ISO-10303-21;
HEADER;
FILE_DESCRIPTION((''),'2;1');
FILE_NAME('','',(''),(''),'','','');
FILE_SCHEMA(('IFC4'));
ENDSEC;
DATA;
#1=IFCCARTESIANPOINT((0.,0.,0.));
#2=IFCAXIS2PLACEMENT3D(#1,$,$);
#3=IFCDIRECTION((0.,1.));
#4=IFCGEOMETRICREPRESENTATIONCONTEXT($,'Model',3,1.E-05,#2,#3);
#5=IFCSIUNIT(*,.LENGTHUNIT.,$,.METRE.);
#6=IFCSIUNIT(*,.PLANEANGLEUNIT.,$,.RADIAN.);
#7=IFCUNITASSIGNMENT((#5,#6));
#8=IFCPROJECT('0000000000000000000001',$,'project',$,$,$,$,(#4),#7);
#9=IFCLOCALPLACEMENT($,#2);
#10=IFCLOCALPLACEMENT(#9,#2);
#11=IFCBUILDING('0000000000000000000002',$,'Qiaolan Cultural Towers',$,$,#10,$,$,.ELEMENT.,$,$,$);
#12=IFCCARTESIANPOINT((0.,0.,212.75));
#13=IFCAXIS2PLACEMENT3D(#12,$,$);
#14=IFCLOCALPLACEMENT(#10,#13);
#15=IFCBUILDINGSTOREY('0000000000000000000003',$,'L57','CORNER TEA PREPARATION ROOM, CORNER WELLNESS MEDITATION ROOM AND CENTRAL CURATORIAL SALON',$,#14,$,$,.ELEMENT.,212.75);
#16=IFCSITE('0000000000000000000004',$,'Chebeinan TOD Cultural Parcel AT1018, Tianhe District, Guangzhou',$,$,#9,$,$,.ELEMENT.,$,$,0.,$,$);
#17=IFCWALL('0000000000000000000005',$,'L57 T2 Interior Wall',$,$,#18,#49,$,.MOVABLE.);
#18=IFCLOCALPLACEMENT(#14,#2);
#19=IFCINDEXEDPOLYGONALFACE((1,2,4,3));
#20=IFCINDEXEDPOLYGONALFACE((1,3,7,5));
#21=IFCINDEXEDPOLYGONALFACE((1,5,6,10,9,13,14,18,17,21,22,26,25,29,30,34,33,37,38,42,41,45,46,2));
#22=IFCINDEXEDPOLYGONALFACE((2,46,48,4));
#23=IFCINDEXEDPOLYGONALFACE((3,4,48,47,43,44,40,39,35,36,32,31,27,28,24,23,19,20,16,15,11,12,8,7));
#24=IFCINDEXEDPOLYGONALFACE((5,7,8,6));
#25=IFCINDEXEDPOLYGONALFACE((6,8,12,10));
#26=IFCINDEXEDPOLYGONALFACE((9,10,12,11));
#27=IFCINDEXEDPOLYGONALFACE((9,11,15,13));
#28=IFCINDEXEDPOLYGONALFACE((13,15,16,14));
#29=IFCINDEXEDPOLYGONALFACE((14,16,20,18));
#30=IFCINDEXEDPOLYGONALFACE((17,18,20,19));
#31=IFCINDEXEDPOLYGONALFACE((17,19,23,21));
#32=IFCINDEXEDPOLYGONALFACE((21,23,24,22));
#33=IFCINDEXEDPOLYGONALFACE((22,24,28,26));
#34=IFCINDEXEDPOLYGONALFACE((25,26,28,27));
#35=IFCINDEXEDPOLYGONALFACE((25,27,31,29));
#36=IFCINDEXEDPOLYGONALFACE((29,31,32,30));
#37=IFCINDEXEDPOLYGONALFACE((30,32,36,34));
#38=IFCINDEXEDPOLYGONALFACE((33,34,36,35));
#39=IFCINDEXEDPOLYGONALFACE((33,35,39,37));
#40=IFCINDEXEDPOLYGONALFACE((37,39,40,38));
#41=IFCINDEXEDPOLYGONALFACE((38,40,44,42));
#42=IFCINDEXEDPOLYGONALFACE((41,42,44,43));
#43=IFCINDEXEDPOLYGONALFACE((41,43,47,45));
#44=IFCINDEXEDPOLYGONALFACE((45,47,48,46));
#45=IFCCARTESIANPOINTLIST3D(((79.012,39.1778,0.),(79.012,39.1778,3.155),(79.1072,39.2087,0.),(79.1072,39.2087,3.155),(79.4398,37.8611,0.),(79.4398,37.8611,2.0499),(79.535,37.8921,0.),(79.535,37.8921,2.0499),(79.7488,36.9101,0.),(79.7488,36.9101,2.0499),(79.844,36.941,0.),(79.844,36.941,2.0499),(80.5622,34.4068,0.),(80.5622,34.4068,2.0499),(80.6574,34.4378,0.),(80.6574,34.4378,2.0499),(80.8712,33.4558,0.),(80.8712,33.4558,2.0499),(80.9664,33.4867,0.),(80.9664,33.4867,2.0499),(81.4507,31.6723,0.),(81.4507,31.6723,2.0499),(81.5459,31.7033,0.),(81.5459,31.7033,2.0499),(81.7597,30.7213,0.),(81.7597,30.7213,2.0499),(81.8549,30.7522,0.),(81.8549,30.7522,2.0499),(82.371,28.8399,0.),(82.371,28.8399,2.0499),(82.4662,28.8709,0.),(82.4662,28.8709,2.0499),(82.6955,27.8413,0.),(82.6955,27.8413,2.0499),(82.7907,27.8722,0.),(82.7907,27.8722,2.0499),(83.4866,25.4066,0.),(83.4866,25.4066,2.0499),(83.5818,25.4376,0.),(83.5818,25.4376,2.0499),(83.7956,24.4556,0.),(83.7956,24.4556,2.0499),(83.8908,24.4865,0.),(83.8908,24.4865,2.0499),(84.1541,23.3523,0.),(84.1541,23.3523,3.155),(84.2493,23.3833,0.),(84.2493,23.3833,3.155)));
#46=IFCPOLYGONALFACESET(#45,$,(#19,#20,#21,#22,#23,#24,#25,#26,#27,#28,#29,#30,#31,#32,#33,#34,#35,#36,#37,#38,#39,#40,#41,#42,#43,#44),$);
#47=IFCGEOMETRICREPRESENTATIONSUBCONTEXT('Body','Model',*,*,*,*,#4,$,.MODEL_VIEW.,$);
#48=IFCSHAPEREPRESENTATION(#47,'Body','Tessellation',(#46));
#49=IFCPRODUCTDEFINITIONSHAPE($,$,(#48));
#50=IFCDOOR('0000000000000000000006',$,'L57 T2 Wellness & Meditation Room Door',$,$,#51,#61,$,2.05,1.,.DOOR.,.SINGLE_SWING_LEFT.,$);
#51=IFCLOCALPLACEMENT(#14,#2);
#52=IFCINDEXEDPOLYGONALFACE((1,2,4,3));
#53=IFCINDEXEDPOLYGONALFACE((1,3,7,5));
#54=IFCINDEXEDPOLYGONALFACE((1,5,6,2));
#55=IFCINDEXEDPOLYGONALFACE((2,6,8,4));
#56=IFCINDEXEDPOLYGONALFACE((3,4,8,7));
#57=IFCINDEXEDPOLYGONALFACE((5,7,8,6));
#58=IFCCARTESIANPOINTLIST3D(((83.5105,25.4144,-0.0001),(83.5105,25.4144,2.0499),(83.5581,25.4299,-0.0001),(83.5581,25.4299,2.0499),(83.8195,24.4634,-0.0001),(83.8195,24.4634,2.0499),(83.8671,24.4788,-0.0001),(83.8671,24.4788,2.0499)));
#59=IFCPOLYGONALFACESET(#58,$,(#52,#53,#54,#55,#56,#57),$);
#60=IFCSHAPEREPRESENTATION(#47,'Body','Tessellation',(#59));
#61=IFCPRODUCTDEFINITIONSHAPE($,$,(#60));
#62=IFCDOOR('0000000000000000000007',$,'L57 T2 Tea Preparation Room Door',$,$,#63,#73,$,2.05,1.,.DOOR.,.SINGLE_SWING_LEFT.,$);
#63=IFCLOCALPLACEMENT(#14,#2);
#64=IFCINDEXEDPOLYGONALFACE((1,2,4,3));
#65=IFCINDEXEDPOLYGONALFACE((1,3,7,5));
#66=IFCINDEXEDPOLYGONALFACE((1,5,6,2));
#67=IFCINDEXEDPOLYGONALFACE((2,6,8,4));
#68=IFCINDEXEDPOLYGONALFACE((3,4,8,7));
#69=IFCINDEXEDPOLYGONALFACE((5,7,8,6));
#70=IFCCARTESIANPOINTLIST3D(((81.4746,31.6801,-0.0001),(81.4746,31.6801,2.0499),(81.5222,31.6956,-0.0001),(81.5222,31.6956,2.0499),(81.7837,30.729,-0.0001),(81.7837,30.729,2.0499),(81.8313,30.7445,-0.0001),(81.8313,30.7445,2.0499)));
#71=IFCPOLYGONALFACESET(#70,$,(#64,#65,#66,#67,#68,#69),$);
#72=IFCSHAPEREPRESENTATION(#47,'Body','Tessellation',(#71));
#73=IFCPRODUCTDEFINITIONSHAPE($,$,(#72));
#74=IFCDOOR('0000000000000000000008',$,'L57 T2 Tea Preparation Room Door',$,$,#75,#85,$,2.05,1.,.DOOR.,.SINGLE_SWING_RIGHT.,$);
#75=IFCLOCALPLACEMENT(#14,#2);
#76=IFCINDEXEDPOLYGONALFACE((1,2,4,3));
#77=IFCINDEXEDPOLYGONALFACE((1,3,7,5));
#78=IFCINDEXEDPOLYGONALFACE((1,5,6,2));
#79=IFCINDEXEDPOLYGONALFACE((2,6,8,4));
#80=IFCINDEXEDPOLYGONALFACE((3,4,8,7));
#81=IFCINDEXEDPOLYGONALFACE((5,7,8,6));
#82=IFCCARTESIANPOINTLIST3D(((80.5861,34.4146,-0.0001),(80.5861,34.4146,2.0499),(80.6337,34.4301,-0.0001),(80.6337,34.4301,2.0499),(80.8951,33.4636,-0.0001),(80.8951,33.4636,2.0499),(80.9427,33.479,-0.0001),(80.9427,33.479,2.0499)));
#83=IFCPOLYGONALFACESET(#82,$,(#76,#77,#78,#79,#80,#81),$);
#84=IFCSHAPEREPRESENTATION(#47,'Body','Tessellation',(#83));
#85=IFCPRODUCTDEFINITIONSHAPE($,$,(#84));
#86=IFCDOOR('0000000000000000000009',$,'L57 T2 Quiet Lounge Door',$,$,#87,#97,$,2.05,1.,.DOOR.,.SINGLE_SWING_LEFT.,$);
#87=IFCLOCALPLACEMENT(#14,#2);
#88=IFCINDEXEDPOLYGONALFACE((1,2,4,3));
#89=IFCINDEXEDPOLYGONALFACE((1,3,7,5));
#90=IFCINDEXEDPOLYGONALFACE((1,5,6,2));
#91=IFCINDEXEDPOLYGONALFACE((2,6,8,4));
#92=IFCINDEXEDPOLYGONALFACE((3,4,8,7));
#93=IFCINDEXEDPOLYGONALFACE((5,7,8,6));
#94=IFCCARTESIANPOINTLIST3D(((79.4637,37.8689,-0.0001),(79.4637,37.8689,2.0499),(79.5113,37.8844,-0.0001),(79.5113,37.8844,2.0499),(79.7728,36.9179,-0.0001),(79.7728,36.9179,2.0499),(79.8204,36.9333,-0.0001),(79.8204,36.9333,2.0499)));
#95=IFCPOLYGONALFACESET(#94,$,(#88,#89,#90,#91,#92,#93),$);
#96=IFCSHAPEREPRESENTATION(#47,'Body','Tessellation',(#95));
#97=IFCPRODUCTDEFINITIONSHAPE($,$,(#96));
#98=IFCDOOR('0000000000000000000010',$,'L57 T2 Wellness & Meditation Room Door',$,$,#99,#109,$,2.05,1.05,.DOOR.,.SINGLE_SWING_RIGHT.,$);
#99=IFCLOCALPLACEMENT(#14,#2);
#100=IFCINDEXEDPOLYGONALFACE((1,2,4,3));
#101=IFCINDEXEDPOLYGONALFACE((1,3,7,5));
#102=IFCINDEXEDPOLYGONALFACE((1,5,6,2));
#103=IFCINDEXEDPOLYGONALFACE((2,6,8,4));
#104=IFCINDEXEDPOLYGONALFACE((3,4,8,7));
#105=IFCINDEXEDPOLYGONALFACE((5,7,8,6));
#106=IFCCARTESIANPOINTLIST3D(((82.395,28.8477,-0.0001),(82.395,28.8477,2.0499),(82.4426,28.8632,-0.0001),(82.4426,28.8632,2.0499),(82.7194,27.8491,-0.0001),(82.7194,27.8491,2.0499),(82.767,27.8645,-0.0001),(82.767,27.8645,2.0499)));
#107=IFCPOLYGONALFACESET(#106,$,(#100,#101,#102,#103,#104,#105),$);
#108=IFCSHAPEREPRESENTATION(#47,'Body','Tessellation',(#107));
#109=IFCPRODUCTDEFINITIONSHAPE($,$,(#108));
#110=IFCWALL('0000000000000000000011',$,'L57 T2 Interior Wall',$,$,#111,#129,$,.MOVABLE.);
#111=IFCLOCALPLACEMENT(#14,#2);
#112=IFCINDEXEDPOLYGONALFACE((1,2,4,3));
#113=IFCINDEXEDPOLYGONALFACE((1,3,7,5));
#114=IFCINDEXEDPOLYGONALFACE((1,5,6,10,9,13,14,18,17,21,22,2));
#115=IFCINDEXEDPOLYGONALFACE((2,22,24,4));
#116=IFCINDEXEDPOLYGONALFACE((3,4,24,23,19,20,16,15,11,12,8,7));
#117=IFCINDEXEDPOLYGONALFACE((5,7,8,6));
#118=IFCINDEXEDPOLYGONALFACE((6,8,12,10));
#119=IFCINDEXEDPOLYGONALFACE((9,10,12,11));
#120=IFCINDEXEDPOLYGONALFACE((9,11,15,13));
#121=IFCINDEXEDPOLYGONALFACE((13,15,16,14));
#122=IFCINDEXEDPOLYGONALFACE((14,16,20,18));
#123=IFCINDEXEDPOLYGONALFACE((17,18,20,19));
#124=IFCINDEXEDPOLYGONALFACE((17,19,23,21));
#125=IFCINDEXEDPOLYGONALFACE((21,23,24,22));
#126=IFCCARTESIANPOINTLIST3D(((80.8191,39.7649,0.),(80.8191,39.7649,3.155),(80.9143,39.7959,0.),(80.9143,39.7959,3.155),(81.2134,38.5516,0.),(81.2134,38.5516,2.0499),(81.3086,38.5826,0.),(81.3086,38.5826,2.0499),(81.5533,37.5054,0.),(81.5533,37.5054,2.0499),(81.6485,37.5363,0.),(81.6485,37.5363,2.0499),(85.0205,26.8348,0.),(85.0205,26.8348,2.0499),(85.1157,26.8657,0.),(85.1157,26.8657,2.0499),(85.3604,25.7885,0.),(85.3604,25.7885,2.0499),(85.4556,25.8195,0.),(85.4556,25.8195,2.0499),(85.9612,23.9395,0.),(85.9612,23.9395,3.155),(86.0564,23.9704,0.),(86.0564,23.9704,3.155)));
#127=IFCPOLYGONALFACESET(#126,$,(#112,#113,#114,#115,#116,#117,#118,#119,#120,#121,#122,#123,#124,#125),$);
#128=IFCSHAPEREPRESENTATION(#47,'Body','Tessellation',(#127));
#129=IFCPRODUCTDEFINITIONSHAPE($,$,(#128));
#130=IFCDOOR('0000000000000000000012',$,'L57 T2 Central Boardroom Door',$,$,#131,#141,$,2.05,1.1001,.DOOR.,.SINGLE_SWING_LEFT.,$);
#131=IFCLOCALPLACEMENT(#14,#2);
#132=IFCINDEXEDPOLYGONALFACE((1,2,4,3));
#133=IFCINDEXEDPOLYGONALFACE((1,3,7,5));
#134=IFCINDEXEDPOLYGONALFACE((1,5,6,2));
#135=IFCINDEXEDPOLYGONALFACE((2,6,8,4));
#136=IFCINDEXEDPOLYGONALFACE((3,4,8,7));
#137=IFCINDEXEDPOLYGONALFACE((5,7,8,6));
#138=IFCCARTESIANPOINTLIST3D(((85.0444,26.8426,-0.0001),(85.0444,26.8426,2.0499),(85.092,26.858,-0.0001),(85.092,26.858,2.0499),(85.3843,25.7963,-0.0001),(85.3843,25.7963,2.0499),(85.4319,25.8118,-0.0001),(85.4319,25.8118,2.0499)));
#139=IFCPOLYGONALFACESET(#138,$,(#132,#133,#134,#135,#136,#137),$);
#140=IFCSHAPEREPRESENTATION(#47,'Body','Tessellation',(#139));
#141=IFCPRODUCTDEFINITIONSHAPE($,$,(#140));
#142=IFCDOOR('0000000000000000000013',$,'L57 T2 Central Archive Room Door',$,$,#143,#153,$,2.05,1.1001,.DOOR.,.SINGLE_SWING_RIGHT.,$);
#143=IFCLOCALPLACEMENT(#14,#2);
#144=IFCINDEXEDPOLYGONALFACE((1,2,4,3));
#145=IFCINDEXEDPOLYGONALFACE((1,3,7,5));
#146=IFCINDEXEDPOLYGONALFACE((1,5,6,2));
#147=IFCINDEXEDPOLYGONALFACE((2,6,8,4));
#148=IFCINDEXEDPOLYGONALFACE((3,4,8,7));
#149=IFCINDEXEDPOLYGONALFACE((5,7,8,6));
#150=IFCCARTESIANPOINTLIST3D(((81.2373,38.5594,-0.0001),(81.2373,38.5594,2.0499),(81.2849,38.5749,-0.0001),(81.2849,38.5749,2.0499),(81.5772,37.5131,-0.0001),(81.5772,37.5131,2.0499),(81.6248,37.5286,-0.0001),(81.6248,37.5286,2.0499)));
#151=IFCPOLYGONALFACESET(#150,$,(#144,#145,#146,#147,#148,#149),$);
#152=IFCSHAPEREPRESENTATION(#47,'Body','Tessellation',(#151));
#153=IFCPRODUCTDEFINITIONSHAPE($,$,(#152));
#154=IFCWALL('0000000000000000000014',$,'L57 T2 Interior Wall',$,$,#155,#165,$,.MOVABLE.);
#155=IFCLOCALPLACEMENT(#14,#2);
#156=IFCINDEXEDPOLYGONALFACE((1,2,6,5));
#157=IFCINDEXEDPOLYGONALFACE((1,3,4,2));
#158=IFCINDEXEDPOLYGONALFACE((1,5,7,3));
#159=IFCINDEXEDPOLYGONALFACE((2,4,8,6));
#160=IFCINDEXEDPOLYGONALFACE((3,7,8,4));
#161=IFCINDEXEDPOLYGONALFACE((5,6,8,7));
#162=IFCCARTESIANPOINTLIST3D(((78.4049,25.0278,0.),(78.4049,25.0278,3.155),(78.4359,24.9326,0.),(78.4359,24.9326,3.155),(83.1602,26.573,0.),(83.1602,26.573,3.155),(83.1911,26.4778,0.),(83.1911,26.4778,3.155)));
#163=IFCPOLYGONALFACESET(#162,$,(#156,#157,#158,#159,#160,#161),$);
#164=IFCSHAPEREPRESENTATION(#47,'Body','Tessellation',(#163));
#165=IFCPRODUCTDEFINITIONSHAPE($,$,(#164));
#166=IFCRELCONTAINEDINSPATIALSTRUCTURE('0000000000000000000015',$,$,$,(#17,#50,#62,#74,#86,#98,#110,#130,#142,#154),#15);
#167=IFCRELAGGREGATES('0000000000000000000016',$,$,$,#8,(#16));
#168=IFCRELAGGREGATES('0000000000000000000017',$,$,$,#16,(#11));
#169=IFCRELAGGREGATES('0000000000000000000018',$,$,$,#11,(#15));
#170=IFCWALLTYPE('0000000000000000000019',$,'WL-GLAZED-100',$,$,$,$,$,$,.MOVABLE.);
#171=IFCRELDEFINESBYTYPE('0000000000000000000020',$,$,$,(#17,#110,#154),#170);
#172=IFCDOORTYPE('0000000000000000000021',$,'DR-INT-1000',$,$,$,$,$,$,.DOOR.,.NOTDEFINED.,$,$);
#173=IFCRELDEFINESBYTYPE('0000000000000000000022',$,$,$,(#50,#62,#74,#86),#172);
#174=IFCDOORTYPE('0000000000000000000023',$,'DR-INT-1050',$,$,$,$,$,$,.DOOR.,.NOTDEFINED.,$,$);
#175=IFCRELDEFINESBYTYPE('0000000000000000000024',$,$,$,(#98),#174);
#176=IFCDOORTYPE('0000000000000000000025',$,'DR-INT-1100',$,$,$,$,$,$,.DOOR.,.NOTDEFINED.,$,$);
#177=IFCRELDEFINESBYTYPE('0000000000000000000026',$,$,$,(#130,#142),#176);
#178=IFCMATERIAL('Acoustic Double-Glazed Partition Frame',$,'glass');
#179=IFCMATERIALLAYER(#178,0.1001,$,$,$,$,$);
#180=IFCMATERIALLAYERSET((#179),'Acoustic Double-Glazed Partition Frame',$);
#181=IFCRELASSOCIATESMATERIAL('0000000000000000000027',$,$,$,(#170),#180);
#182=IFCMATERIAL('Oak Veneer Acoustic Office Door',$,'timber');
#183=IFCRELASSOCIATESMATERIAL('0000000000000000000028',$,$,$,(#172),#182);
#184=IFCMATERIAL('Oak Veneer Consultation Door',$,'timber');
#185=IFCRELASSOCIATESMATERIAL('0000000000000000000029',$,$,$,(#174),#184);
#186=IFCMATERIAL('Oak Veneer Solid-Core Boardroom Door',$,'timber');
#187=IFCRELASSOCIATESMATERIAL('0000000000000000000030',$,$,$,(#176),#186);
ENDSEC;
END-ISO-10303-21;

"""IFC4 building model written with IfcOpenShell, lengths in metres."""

from ifc_helpers import new_model, si_unit, direction, frame, frame_2d, origin, place, context, subcontext, project, spatial, rectangle, extrude, material, layer, layer_set, type_object, element, fill, save


model = new_model("IFC4")

# Units and contexts
model_context = context("Model", 3, precision=1e-05, world=origin(), true_north=direction((0.0, 1.0)))
body_context = subcontext(model_context, "Body", "Model", "MODEL_VIEW")
ifc_project = project(units=[si_unit("LENGTHUNIT", "METRE"), si_unit("PLANEANGLEUNIT", "RADIAN")], contexts=[model_context])

# Site, building, storey
site_placement = place(None, origin())
site = spatial("IfcSite", under=ifc_project, at=site_placement, Name="Chebeinan TOD Cultural Parcel AT1018, Tianhe District, Guangzhou", CompositionType="ELEMENT", RefElevation=0.0)
building_placement = place(site_placement, origin())
building = spatial("IfcBuilding", under=site, at=building_placement, Name="Qiaolan Cultural Towers", CompositionType="ELEMENT")
storey_placement = place(building_placement, frame((0.0, 0.0, 212.75)))
storey = spatial("IfcBuildingStorey", under=building, at=storey_placement, Name="L57", Description="CORNER TEA PREPARATION ROOM, CORNER WELLNESS MEDITATION ROOM AND CENTRAL CURATORIAL SALON", CompositionType="ELEMENT", Elevation=212.75)

# Shared definitions
ifc_material_1 = material(Name="Acoustic Double-Glazed Partition Frame", Category="glass")
ifc_layer_1 = layer(ifc_material_1, 0.1001)
ifc_layer_set_1 = layer_set([ifc_layer_1], Name="Acoustic Double-Glazed Partition Frame")
wall_type_1 = type_object("IfcWallType", Name="WL-GLAZED-100", PredefinedType="MOVABLE", material=ifc_layer_set_1)

# Walls, openings, doors
wall_1_placement = place(storey_placement, frame((84.2017, 23.3679, 0.0), z_axis=(0.0, 0.0, 1.0), x_axis=(-0.309022, 0.951055, 0.0)))
wall_1 = element("IfcWall", 1, at=wall_1_placement, inside=storey, type_object=wall_type_1, Name="L57 T2 Interior Wall", PredefinedType="MOVABLE", context=body_context, shape_type="SweptSolid", body=[
    extrude(rectangle(XDim=16.6399, YDim=0.1001, at=frame_2d((8.3198, 0.0))), origin(), (0.0, 0.0, 1.0), 3.155),
])
opening_1_placement = place(wall_1_placement, frame((1.1599, 0.0, 0.0)))
opening_1 = element("IfcOpeningElement", 2, at=opening_1_placement, cuts=wall_1, PredefinedType="OPENING", context=body_context, shape_type="SweptSolid", body=[
    extrude(rectangle(XDim=1.0, YDim=2.05, at=frame_2d((0.5, 1.0249))), frame((0.0, 0.0601, 0.0), z_axis=(0.0, -1.0, 0.0), x_axis=(1.0, 0.0, 0.0)), (0.0, 0.0, 1.0), 0.1201),
])
opening_2_placement = place(wall_1_placement, frame((4.72, 0.0, 0.0)))
opening_2 = element("IfcOpeningElement", 3, at=opening_2_placement, cuts=wall_1, PredefinedType="OPENING", context=body_context, shape_type="SweptSolid", body=[
    extrude(rectangle(XDim=1.05, YDim=2.05, at=frame_2d((0.5249, 1.0249))), frame((0.0, 0.0601, 0.0), z_axis=(0.0, -1.0, 0.0), x_axis=(1.0, 0.0, 0.0)), (0.0, 0.0, 1.0), 0.1201),
])
opening_3_placement = place(wall_1_placement, frame((7.748, 0.0, 0.0)))
opening_3 = element("IfcOpeningElement", 4, at=opening_3_placement, cuts=wall_1, PredefinedType="OPENING", context=body_context, shape_type="SweptSolid", body=[
    extrude(rectangle(XDim=1.0, YDim=2.05, at=frame_2d((0.5, 1.0249))), frame((0.0, 0.0601, 0.0), z_axis=(0.0, -1.0, 0.0), x_axis=(1.0, 0.0, 0.0)), (0.0, 0.0, 1.0), 0.1201),
])
opening_4_placement = place(wall_1_placement, frame((10.6233, 0.0, 0.0)))
opening_4 = element("IfcOpeningElement", 5, at=opening_4_placement, cuts=wall_1, PredefinedType="OPENING", context=body_context, shape_type="SweptSolid", body=[
    extrude(rectangle(XDim=1.0, YDim=2.05, at=frame_2d((0.5, 1.0249))), frame((0.0, 0.0601, 0.0), z_axis=(0.0, -1.0, 0.0), x_axis=(1.0, 0.0, 0.0)), (0.0, 0.0, 1.0), 0.1201),
])
opening_5_placement = place(wall_1_placement, frame((14.2554, 0.0, 0.0)))
opening_5 = element("IfcOpeningElement", 6, at=opening_5_placement, cuts=wall_1, PredefinedType="OPENING", context=body_context, shape_type="SweptSolid", body=[
    extrude(rectangle(XDim=1.0, YDim=2.05, at=frame_2d((0.5, 1.0249))), frame((0.0, 0.0601, 0.0), z_axis=(0.0, -1.0, 0.0), x_axis=(1.0, 0.0, 0.0)), (0.0, 0.0, 1.0), 0.1201),
])
ifc_material_2 = material(Name="Oak Veneer Acoustic Office Door", Category="timber")
door_type_1 = type_object("IfcDoorType", Name="DR-INT-1000", OperationType="NOTDEFINED", PredefinedType="DOOR", material=ifc_material_2)
door_1_placement = place(opening_1_placement, origin())
door_1 = element("IfcDoor", 7, at=door_1_placement, inside=storey, type_object=door_type_1, Name="L57 T2 Wellness & Meditation Room Door", OperationType="SINGLE_SWING_LEFT", OverallHeight=2.05, OverallWidth=1.0, PredefinedType="DOOR", context=body_context, shape_type="SweptSolid", body=[
    extrude(rectangle(XDim=1.0, YDim=2.05, at=frame_2d((0.5, 1.0249))), frame((0.0, 0.0249, 0.0), z_axis=(0.0, -1.0, 0.0), x_axis=(1.0, 0.0, 0.0)), (0.0, 0.0, 1.0), 0.05),
])
fill(opening_1, door_1)
door_2_placement = place(opening_3_placement, origin())
door_2 = element("IfcDoor", 8, at=door_2_placement, inside=storey, type_object=door_type_1, Name="L57 T2 Tea Preparation Room Door", OperationType="SINGLE_SWING_LEFT", OverallHeight=2.05, OverallWidth=1.0, PredefinedType="DOOR", context=body_context, shape_type="SweptSolid", body=[
    extrude(rectangle(XDim=1.0, YDim=2.05, at=frame_2d((0.5, 1.0249))), frame((0.0, 0.0249, 0.0), z_axis=(0.0, -1.0, 0.0), x_axis=(1.0, 0.0, 0.0)), (0.0, 0.0, 1.0), 0.05),
])
fill(opening_3, door_2)
door_3_placement = place(opening_4_placement, origin())
door_3 = element("IfcDoor", 9, at=door_3_placement, inside=storey, type_object=door_type_1, Name="L57 T2 Tea Preparation Room Door", OperationType="SINGLE_SWING_RIGHT", OverallHeight=2.05, OverallWidth=1.0, PredefinedType="DOOR", context=body_context, shape_type="SweptSolid", body=[
    extrude(rectangle(XDim=1.0, YDim=2.05, at=frame_2d((0.5, 1.0249))), frame((0.0, 0.0249, 0.0), z_axis=(0.0, -1.0, 0.0), x_axis=(1.0, 0.0, 0.0)), (0.0, 0.0, 1.0), 0.05),
])
fill(opening_4, door_3)
door_4_placement = place(opening_5_placement, origin())
door_4 = element("IfcDoor", 10, at=door_4_placement, inside=storey, type_object=door_type_1, Name="L57 T2 Quiet Lounge Door", OperationType="SINGLE_SWING_LEFT", OverallHeight=2.05, OverallWidth=1.0, PredefinedType="DOOR", context=body_context, shape_type="SweptSolid", body=[
    extrude(rectangle(XDim=1.0, YDim=2.05, at=frame_2d((0.5, 1.0249))), frame((0.0, 0.0249, 0.0), z_axis=(0.0, -1.0, 0.0), x_axis=(1.0, 0.0, 0.0)), (0.0, 0.0, 1.0), 0.05),
])
fill(opening_5, door_4)
ifc_material_3 = material(Name="Oak Veneer Consultation Door", Category="timber")
door_type_2 = type_object("IfcDoorType", Name="DR-INT-1050", OperationType="NOTDEFINED", PredefinedType="DOOR", material=ifc_material_3)
door_5_placement = place(opening_2_placement, origin())
door_5 = element("IfcDoor", 11, at=door_5_placement, inside=storey, type_object=door_type_2, Name="L57 T2 Wellness & Meditation Room Door", OperationType="SINGLE_SWING_RIGHT", OverallHeight=2.05, OverallWidth=1.05, PredefinedType="DOOR", context=body_context, shape_type="SweptSolid", body=[
    extrude(rectangle(XDim=1.05, YDim=2.05, at=frame_2d((0.5249, 1.0249))), frame((0.0, 0.0249, 0.0), z_axis=(0.0, -1.0, 0.0), x_axis=(1.0, 0.0, 0.0)), (0.0, 0.0, 1.0), 0.05),
])
fill(opening_2, door_5)
wall_2_placement = place(storey_placement, frame((86.0088, 23.9551, 0.0), z_axis=(0.0, 0.0, 1.0), x_axis=(-0.309022, 0.951055, 0.0)))
wall_2 = element("IfcWall", 12, at=wall_2_placement, inside=storey, type_object=wall_type_1, Name="L57 T2 Interior Wall", PredefinedType="MOVABLE", context=body_context, shape_type="SweptSolid", body=[
    extrude(rectangle(XDim=16.6399, YDim=0.1001, at=frame_2d((8.3198, 0.0))), origin(), (0.0, 0.0, 1.0), 3.155),
])
opening_6_placement = place(wall_2_placement, frame((1.9441, 0.0, 0.0)))
opening_6 = element("IfcOpeningElement", 13, at=opening_6_placement, cuts=wall_2, PredefinedType="OPENING", context=body_context, shape_type="SweptSolid", body=[
    extrude(rectangle(XDim=1.1001, YDim=2.05, at=frame_2d((0.55, 1.0249))), frame((0.0, 0.0601, 0.0), z_axis=(0.0, -1.0, 0.0), x_axis=(1.0, 0.0, 0.0)), (0.0, 0.0, 1.0), 0.1201),
])
opening_7_placement = place(wall_2_placement, frame((14.2639, 0.0, 0.0)))
opening_7 = element("IfcOpeningElement", 14, at=opening_7_placement, cuts=wall_2, PredefinedType="OPENING", context=body_context, shape_type="SweptSolid", body=[
    extrude(rectangle(XDim=1.1001, YDim=2.05, at=frame_2d((0.55, 1.0249))), frame((0.0, 0.0601, 0.0), z_axis=(0.0, -1.0, 0.0), x_axis=(1.0, 0.0, 0.0)), (0.0, 0.0, 1.0), 0.1201),
])
ifc_material_4 = material(Name="Oak Veneer Solid-Core Boardroom Door", Category="timber")
door_type_3 = type_object("IfcDoorType", Name="DR-INT-1100", OperationType="NOTDEFINED", PredefinedType="DOOR", material=ifc_material_4)
door_6_placement = place(opening_6_placement, origin())
door_6 = element("IfcDoor", 15, at=door_6_placement, inside=storey, type_object=door_type_3, Name="L57 T2 Central Boardroom Door", OperationType="SINGLE_SWING_LEFT", OverallHeight=2.05, OverallWidth=1.1001, PredefinedType="DOOR", context=body_context, shape_type="SweptSolid", body=[
    extrude(rectangle(XDim=1.1001, YDim=2.05, at=frame_2d((0.55, 1.0249))), frame((0.0, 0.0249, 0.0), z_axis=(0.0, -1.0, 0.0), x_axis=(1.0, 0.0, 0.0)), (0.0, 0.0, 1.0), 0.05),
])
fill(opening_6, door_6)
door_7_placement = place(opening_7_placement, origin())
door_7 = element("IfcDoor", 16, at=door_7_placement, inside=storey, type_object=door_type_3, Name="L57 T2 Central Archive Room Door", OperationType="SINGLE_SWING_RIGHT", OverallHeight=2.05, OverallWidth=1.1001, PredefinedType="DOOR", context=body_context, shape_type="SweptSolid", body=[
    extrude(rectangle(XDim=1.1001, YDim=2.05, at=frame_2d((0.55, 1.0249))), frame((0.0, 0.0249, 0.0), z_axis=(0.0, -1.0, 0.0), x_axis=(1.0, 0.0, 0.0)), (0.0, 0.0, 1.0), 0.05),
])
fill(opening_7, door_7)

# Wall
wall_3_placement = place(storey_placement, frame((78.4204, 24.9802, 0.0), z_axis=(0.0, 0.0, 1.0), x_axis=(0.951053, 0.309026, 0.0)))
element("IfcWall", 17, at=wall_3_placement, inside=storey, type_object=wall_type_1, Name="L57 T2 Interior Wall", PredefinedType="MOVABLE", context=body_context, shape_type="SweptSolid", body=[
    extrude(rectangle(XDim=5.0, YDim=0.1001, at=frame_2d((2.5, 0.0))), origin(), (0.0, 0.0, 1.0), 3.155),
])

save(model, "model.ifc")
